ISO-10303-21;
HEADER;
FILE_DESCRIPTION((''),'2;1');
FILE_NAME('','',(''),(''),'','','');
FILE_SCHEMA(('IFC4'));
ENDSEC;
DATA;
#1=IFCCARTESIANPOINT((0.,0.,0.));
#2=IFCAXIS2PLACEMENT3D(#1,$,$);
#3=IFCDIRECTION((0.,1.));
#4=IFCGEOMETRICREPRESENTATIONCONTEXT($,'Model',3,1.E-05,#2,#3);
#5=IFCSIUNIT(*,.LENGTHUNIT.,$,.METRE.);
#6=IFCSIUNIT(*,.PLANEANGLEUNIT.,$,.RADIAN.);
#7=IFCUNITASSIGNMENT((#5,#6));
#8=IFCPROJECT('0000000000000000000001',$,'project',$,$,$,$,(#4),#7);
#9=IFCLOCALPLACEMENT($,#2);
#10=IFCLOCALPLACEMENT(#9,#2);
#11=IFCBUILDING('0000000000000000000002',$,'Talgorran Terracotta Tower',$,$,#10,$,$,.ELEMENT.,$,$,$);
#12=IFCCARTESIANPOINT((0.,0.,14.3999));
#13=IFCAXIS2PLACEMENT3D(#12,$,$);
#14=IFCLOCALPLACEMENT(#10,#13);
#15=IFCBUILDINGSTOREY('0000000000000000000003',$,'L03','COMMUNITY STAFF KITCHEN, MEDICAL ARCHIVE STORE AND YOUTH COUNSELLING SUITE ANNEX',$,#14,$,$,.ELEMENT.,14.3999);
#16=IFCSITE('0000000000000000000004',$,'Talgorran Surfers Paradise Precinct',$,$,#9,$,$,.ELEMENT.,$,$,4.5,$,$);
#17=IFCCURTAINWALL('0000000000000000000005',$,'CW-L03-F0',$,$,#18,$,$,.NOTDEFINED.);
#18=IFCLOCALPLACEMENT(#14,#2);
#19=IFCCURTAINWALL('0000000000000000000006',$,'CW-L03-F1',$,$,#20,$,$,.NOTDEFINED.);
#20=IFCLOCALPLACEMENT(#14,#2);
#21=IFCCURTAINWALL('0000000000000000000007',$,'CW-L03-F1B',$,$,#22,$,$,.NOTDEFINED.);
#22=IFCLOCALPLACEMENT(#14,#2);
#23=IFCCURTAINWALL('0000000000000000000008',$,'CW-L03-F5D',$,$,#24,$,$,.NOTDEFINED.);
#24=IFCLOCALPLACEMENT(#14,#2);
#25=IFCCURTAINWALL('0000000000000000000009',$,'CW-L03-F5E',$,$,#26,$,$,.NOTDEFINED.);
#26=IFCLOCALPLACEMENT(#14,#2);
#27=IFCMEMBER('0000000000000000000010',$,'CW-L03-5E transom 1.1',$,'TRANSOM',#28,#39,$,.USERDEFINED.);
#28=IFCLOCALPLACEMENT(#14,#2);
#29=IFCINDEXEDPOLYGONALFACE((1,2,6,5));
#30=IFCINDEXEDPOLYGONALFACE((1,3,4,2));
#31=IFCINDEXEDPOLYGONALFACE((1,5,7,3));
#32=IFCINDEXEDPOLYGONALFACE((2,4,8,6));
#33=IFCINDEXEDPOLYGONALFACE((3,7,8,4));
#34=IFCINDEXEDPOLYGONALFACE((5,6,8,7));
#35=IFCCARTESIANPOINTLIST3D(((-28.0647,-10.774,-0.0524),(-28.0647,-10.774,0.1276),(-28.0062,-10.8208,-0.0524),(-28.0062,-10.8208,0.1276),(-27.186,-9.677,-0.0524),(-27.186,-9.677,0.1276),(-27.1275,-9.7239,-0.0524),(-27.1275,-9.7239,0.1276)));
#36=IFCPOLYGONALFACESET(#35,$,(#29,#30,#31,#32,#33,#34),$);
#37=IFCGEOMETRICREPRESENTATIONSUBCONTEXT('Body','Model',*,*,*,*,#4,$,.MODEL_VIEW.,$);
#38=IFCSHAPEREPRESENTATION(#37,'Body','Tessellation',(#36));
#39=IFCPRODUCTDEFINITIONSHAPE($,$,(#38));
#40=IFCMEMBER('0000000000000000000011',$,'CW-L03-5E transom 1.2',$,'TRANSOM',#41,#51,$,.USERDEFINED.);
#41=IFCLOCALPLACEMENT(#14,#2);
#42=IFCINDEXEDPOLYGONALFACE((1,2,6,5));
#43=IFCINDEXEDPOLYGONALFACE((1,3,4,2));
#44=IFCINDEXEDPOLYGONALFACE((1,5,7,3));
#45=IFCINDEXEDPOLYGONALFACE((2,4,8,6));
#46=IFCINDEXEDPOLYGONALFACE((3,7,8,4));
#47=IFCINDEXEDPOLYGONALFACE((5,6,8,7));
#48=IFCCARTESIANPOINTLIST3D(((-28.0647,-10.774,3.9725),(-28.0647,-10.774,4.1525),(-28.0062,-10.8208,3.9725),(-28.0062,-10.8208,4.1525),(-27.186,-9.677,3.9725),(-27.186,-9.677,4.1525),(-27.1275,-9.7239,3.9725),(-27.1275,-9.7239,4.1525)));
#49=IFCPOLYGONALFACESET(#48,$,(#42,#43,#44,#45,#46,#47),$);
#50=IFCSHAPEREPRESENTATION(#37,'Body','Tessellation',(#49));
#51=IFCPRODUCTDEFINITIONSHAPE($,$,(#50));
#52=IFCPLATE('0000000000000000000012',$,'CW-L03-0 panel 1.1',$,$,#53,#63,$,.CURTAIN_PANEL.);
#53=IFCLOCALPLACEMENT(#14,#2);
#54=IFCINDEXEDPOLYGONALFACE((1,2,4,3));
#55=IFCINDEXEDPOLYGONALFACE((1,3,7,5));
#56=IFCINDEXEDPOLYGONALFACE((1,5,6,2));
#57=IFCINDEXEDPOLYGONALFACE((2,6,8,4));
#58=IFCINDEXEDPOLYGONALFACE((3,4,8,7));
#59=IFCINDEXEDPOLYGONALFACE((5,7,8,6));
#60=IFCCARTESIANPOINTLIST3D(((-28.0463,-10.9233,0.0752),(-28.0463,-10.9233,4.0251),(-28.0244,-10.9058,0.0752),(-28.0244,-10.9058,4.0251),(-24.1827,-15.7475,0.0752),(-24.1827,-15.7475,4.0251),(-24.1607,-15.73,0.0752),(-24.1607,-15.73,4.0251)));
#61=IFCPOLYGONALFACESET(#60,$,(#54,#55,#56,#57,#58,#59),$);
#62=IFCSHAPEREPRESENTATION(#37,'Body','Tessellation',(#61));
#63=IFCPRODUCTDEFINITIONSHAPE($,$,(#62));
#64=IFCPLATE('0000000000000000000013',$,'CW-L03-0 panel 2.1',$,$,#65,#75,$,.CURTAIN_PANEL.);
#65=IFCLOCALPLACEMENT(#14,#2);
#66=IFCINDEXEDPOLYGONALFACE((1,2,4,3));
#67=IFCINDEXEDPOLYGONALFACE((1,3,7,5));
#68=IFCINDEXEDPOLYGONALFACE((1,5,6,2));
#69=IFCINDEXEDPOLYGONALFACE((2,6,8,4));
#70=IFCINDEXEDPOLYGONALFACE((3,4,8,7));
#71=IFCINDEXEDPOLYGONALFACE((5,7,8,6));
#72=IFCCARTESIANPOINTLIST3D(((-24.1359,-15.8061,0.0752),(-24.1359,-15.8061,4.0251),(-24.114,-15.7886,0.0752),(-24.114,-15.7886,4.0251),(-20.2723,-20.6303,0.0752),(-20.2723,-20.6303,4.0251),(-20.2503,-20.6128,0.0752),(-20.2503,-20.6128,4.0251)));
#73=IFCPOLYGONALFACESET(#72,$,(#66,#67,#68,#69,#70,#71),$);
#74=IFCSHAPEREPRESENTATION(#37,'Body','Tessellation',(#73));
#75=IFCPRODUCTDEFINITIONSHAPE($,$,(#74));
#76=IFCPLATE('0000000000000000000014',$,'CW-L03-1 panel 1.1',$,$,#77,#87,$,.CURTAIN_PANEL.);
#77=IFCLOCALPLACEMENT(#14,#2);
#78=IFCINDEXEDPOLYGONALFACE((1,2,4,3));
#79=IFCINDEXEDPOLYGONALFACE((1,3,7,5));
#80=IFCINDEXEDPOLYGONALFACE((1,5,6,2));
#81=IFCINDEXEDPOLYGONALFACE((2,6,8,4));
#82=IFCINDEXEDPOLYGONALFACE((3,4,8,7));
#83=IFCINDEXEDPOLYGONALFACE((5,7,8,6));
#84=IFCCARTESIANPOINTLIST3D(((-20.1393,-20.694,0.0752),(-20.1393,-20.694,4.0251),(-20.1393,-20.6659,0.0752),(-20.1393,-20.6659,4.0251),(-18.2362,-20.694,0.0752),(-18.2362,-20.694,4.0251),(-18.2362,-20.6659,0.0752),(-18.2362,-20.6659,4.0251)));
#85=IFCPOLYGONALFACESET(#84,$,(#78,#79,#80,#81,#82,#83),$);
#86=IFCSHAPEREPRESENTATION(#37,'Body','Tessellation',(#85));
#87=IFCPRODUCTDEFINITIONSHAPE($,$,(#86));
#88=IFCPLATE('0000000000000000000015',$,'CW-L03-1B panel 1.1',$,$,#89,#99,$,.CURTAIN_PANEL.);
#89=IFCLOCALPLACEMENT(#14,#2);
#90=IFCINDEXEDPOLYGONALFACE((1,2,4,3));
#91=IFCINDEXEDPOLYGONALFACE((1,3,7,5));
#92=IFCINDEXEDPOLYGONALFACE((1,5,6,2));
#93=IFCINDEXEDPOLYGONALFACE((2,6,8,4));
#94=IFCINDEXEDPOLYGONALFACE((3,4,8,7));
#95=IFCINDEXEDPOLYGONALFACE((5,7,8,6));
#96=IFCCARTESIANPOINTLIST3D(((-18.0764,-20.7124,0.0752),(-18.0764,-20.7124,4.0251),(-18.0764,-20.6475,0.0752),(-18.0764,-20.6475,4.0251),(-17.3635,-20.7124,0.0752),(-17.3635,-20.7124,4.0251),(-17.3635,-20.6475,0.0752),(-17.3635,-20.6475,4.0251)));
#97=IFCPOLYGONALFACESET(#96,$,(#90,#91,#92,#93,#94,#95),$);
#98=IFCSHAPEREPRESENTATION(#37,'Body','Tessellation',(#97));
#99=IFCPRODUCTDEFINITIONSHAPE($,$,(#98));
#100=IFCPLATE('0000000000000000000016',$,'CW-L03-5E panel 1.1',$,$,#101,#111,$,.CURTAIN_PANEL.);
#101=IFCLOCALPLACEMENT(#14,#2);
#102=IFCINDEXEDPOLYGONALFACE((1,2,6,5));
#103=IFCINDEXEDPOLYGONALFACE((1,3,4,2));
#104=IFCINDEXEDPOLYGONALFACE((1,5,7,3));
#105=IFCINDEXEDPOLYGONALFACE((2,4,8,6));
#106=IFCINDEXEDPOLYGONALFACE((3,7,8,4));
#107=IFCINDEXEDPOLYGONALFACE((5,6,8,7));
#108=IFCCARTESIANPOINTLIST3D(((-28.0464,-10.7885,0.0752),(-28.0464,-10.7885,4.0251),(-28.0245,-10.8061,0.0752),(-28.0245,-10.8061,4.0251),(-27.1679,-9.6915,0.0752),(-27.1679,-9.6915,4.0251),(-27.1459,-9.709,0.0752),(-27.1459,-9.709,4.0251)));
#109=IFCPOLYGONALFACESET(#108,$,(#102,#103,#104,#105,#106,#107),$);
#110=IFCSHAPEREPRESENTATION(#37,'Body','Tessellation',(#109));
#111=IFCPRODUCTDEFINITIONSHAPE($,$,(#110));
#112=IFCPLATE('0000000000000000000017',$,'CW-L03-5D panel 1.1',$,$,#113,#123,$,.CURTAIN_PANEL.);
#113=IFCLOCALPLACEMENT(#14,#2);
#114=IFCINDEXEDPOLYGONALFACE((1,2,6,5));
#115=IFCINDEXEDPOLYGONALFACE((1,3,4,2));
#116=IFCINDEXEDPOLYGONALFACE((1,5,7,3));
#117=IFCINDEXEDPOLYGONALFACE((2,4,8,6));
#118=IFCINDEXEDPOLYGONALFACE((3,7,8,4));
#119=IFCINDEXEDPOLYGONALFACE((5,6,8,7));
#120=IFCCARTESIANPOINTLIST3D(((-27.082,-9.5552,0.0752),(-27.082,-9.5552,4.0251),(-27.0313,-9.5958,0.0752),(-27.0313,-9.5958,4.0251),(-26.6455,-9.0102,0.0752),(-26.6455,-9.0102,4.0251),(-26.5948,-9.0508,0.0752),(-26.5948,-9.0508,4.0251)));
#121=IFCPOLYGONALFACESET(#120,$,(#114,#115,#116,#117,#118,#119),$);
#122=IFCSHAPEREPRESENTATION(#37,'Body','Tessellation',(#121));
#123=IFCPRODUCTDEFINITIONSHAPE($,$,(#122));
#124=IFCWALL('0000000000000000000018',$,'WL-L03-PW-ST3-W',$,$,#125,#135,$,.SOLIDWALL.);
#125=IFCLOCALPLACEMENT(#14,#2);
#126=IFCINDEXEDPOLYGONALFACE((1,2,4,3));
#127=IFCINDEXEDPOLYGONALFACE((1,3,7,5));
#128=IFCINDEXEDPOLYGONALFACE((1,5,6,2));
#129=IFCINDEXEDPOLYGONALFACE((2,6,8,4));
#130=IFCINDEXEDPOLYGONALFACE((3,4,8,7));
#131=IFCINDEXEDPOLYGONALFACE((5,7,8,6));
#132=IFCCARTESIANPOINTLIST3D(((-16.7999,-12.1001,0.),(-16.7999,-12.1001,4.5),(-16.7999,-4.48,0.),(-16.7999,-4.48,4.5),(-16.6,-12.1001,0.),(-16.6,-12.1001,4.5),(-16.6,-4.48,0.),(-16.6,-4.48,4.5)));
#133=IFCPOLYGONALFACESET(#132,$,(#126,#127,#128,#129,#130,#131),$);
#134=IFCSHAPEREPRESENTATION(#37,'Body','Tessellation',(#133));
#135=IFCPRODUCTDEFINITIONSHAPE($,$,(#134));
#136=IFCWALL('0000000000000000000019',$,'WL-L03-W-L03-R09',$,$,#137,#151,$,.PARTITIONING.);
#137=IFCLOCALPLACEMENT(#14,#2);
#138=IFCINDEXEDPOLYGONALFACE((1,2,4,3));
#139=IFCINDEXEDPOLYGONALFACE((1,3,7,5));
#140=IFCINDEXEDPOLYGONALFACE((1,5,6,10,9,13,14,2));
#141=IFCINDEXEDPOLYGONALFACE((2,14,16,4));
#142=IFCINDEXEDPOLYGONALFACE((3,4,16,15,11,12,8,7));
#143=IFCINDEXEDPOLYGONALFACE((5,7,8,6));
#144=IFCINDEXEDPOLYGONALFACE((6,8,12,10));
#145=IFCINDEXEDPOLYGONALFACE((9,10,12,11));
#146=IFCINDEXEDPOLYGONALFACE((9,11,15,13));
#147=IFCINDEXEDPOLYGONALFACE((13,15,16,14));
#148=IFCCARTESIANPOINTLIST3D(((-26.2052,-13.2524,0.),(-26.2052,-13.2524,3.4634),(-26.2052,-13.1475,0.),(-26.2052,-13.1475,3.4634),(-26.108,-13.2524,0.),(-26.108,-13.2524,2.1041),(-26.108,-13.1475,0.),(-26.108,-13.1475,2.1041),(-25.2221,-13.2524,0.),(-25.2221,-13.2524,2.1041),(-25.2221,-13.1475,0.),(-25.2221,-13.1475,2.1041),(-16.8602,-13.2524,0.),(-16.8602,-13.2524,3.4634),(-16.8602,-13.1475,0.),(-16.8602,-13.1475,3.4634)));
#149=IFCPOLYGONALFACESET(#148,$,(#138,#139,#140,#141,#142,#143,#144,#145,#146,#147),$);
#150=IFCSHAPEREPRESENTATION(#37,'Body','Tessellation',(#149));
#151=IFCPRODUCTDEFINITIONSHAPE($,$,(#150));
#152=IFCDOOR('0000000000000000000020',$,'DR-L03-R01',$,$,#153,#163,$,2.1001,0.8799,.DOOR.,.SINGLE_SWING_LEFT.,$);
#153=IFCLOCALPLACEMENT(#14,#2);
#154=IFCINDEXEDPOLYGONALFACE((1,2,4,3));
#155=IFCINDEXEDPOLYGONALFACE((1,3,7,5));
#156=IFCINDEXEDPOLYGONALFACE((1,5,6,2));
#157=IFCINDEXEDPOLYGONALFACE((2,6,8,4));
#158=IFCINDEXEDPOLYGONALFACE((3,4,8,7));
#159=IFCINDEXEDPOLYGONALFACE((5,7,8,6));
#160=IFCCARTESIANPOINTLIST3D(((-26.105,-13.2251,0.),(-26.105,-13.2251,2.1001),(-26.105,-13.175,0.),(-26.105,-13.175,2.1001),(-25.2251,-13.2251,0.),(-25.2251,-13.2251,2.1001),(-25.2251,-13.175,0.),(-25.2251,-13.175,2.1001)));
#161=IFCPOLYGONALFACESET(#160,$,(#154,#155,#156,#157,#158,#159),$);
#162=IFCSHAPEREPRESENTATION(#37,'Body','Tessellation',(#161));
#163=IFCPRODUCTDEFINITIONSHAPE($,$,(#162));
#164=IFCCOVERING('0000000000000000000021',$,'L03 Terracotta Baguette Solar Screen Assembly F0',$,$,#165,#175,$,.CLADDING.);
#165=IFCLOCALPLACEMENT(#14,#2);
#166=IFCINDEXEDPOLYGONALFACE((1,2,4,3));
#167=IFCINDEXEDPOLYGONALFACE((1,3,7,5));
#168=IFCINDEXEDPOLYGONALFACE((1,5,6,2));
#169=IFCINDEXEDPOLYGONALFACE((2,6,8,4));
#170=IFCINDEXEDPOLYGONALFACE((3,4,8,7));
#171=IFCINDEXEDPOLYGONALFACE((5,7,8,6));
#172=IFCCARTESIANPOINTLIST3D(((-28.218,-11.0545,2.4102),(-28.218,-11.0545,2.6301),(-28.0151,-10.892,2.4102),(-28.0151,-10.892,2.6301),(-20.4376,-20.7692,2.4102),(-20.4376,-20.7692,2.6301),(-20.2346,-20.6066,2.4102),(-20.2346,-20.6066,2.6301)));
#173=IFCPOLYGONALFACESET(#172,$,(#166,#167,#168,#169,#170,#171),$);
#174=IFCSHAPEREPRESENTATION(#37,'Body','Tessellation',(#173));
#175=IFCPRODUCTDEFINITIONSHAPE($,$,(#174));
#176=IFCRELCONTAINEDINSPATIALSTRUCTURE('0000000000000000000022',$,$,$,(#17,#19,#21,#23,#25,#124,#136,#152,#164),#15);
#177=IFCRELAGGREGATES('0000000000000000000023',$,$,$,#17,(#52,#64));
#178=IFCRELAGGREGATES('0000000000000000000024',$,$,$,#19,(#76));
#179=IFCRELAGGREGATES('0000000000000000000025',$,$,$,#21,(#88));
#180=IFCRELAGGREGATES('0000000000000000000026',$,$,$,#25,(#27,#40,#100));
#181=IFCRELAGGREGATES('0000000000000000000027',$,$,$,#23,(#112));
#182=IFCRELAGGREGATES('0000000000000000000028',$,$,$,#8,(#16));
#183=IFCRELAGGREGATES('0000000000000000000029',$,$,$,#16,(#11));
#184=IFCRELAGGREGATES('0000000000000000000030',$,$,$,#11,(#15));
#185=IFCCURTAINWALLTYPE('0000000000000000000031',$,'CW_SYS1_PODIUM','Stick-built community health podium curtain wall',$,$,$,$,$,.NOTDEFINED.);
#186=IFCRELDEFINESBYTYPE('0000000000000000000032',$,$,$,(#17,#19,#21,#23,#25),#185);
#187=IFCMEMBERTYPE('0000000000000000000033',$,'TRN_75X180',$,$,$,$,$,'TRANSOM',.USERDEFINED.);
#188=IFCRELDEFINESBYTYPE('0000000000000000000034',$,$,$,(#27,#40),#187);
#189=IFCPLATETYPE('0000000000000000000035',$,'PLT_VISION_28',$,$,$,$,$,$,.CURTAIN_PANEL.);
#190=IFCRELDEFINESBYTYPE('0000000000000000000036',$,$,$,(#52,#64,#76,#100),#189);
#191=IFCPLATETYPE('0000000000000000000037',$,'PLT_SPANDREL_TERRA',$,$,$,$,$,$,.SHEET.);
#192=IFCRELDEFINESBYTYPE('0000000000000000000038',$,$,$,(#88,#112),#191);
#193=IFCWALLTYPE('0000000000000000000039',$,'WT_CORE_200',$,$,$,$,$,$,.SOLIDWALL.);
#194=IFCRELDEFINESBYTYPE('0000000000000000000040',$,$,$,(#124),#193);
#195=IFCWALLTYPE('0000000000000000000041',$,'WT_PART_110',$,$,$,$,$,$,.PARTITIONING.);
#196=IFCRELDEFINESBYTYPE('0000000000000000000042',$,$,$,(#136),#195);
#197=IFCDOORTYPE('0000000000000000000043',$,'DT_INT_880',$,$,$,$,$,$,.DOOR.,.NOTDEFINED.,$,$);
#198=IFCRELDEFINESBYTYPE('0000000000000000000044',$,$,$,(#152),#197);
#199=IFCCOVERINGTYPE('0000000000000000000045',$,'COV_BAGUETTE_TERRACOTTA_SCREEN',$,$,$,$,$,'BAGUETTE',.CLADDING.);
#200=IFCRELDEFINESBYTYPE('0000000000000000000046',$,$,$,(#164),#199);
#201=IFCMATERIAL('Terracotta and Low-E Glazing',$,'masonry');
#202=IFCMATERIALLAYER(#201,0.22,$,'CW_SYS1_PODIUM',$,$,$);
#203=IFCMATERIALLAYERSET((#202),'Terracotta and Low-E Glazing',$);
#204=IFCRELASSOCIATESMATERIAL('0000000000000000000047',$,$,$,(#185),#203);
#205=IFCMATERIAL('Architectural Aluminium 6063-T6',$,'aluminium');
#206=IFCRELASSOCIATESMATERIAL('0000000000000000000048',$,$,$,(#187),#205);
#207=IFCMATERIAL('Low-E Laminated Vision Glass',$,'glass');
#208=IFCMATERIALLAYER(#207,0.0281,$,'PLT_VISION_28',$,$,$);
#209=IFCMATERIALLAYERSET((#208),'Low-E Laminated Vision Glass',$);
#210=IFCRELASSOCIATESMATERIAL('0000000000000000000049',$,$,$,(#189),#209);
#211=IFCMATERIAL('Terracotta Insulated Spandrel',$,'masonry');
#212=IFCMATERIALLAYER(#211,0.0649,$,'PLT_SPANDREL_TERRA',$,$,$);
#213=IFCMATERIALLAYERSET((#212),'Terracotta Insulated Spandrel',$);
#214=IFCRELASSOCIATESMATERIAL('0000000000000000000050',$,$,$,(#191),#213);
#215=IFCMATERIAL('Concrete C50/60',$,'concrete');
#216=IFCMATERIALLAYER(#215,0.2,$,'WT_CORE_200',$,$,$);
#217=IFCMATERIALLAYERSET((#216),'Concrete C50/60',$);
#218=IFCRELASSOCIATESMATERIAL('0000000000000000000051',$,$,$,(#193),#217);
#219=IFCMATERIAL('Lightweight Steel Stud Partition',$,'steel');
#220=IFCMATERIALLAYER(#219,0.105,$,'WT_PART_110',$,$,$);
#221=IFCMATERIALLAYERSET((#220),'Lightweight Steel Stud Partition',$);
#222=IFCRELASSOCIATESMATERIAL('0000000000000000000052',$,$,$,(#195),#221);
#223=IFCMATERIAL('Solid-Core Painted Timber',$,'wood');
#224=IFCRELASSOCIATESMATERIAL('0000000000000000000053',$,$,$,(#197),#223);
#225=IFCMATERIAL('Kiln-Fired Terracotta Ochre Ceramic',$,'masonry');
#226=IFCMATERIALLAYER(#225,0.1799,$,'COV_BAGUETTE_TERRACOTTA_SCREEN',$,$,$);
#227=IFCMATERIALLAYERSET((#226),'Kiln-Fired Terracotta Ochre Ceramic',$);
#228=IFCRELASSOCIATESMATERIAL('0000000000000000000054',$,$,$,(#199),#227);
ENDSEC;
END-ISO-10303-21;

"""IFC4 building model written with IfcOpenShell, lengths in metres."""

from ifc_helpers import new_model, si_unit, direction, frame, frame_2d, origin, origin_2d, place, context, subcontext, project, spatial, rectangle, extrude, source, transform, mapped, material, layer, layer_set, material_profile, profile_set, type_object, type_shapes, element, fill, aggregate, save


model = new_model("IFC4")

# Units and contexts
model_context = context("Model", 3, precision=1e-05, world=origin(), true_north=direction((0.0, 1.0)))
body_context = subcontext(model_context, "Body", "Model", "MODEL_VIEW")
ifc_project = project(units=[si_unit("LENGTHUNIT", "METRE"), si_unit("PLANEANGLEUNIT", "RADIAN")], contexts=[model_context])

# Site, building, storey
site_placement = place(None, origin())
site = spatial("IfcSite", under=ifc_project, at=site_placement, Name="Talgorran Surfers Paradise Precinct", CompositionType="ELEMENT", RefElevation=4.5)
building_placement = place(site_placement, origin())
building = spatial("IfcBuilding", under=site, at=building_placement, Name="Talgorran Terracotta Tower", CompositionType="ELEMENT")
storey_placement = place(building_placement, frame((0.0, 0.0, 14.3999)))
storey = spatial("IfcBuildingStorey", under=building, at=storey_placement, Name="L03", Description="COMMUNITY STAFF KITCHEN, MEDICAL ARCHIVE STORE AND YOUTH COUNSELLING SUITE ANNEX", CompositionType="ELEMENT", Elevation=14.3999)

# Curtain walls
ifc_material_1 = material(Name="Terracotta and Low-E Glazing", Category="masonry")
ifc_layer_1 = layer(ifc_material_1, 0.22, Name="CW_SYS1_PODIUM")
ifc_layer_set_1 = layer_set([ifc_layer_1], Name="Terracotta and Low-E Glazing")
curtain_wall_type = type_object("IfcCurtainWallType", Name="CW_SYS1_PODIUM", Description="Stick-built community health podium curtain wall", PredefinedType="NOTDEFINED", material=ifc_layer_set_1)
curtain_wall_1_placement = place(storey_placement, origin())
curtain_wall_1 = element("IfcCurtainWall", 1, at=curtain_wall_1_placement, inside=storey, type_object=curtain_wall_type, Name="CW-L03-F0", PredefinedType="NOTDEFINED")
ifc_material_2 = material(Name="Architectural Aluminium 6063-T6", Category="aluminium")
curtain_wall_2_placement = place(storey_placement, origin())
curtain_wall_2 = element("IfcCurtainWall", 2, at=curtain_wall_2_placement, inside=storey, type_object=curtain_wall_type, Name="CW-L03-F1", PredefinedType="NOTDEFINED")
curtain_wall_3_placement = place(storey_placement, origin())
curtain_wall_3 = element("IfcCurtainWall", 3, at=curtain_wall_3_placement, inside=storey, type_object=curtain_wall_type, Name="CW-L03-F1B", PredefinedType="NOTDEFINED")

# Curtain wall
curtain_wall_4_placement = place(storey_placement, origin())
curtain_wall_4 = element("IfcCurtainWall", 4, at=curtain_wall_4_placement, inside=storey, type_object=curtain_wall_type, Name="CW-L03-F5D", PredefinedType="NOTDEFINED")

# Curtain wall
curtain_wall_5_placement = place(storey_placement, origin())
curtain_wall_5 = element("IfcCurtainWall", 5, at=curtain_wall_5_placement, inside=storey, type_object=curtain_wall_type, Name="CW-L03-F5E", PredefinedType="NOTDEFINED")

# Members
ifc_material_profile_1 = material_profile(ifc_material_2, rectangle(XDim=0.075, YDim=0.1799, at=origin_2d()), Name="CWT75X180")
ifc_profile_set_1 = profile_set([ifc_material_profile_1], Name="Architectural Aluminium 6063-T6")
member_type_1 = type_object("IfcMemberType", Name="TRN_75X180", ElementType="TRANSOM", PredefinedType="USERDEFINED", material=ifc_profile_set_1)
member_1_placement = place(storey_placement, frame((-27.1567, -9.7004, 0.0376), z_axis=(-0.625182, -0.780479, 0.0), x_axis=(0.780479, -0.625182, 0.0)))
member_1 = element("IfcMember", 6, at=member_1_placement, type_object=member_type_1, Name="CW-L03-5E transom 1.1", ObjectType="TRANSOM", PredefinedType="USERDEFINED", context=body_context, shape_type="SweptSolid", body=[
    extrude(rectangle(XDim=0.075, YDim=0.1799, at=origin_2d()), origin(), (0.0, 0.0, 1.0), 1.4055),
])
member_2_placement = place(storey_placement, frame((-27.1567, -9.7004, 4.0625), z_axis=(-0.625182, -0.780479, 0.0), x_axis=(0.780479, -0.625182, 0.0)))
member_2 = element("IfcMember", 7, at=member_2_placement, type_object=member_type_1, Name="CW-L03-5E transom 1.2", ObjectType="TRANSOM", PredefinedType="USERDEFINED", context=body_context, shape_type="SweptSolid", body=[
    extrude(rectangle(XDim=0.075, YDim=0.1799, at=origin_2d()), origin(), (0.0, 0.0, 1.0), 1.4055),
])

# Plates
ifc_material_3 = material(Name="Low-E Laminated Vision Glass", Category="glass")
ifc_layer_2 = layer(ifc_material_3, 0.0281, Name="PLT_VISION_28")
ifc_layer_set_2 = layer_set([ifc_layer_2], Name="Low-E Laminated Vision Glass")
plate_type_1 = type_object("IfcPlateType", Name="PLT_VISION_28", PredefinedType="CURTAIN_PANEL", material=ifc_layer_set_2)
shared_shape_1 = source(origin(), body_context, "Body", "SweptSolid", [
    extrude(rectangle(XDim=6.1807, YDim=0.0281, at=origin_2d()), origin(), (0.0, 0.0, 1.0), 3.95),
])
plate_1_placement = place(storey_placement, frame((-26.1035, -13.3267, 0.0752), z_axis=(0.0, 0.0, 1.0), x_axis=(0.625116, -0.780532, 0.0)))
plate_1 = element("IfcPlate", 8, at=plate_1_placement, type_object=plate_type_1, Name="CW-L03-0 panel 1.1", PredefinedType="CURTAIN_PANEL", context=body_context, shape_type="MappedRepresentation", body=[
    mapped(shared_shape_1, transform((0.0, 0.0, 0.0), scale=1.0)),
])
plate_2_placement = place(storey_placement, frame((-22.1931, -18.2095, 0.0752), z_axis=(0.0, 0.0, 1.0), x_axis=(0.625116, -0.780532, 0.0)))
plate_2 = element("IfcPlate", 9, at=plate_2_placement, type_object=plate_type_1, Name="CW-L03-0 panel 2.1", PredefinedType="CURTAIN_PANEL", context=body_context, shape_type="MappedRepresentation", body=[
    mapped(shared_shape_1, transform((0.0, 0.0, 0.0), scale=1.0)),
])
aggregate(curtain_wall_1, [plate_1, plate_2])
shared_shape_2 = source(origin(), body_context, "Body", "SweptSolid", [
    extrude(rectangle(XDim=1.9031, YDim=0.0281, at=origin_2d()), origin(), (0.0, 0.0, 1.0), 3.95),
])
plate_3_placement = place(storey_placement, frame((-19.1877, -20.6799, 0.0752), z_axis=(0.0, 0.0, 1.0), x_axis=(1.0, 0.0, 0.0)))
plate_3 = element("IfcPlate", 10, at=plate_3_placement, type_object=plate_type_1, Name="CW-L03-1 panel 1.1", PredefinedType="CURTAIN_PANEL", context=body_context, shape_type="MappedRepresentation", body=[
    mapped(shared_shape_2, transform((0.0, 0.0, 0.0), scale=1.0)),
])
aggregate(curtain_wall_2, [plate_3])
ifc_material_4 = material(Name="Terracotta Insulated Spandrel", Category="masonry")
ifc_layer_3 = layer(ifc_material_4, 0.0649, Name="PLT_SPANDREL_TERRA")
ifc_layer_set_3 = layer_set([ifc_layer_3], Name="Terracotta Insulated Spandrel")
plate_type_2 = type_object("IfcPlateType", Name="PLT_SPANDREL_TERRA", PredefinedType="SHEET", material=ifc_layer_set_3)
shared_shape_3 = source(origin(), body_context, "Body", "SweptSolid", [
    extrude(rectangle(XDim=0.7129, YDim=0.0649, at=origin_2d()), origin(), (0.0, 0.0, 1.0), 3.95),
])
plate_4_placement = place(storey_placement, frame((-17.72, -20.6799, 0.0752), z_axis=(0.0, 0.0, 1.0), x_axis=(1.0, 0.0, 0.0)))
plate_4 = element("IfcPlate", 11, at=plate_4_placement, type_object=plate_type_2, Name="CW-L03-1B panel 1.1", PredefinedType="CURTAIN_PANEL", context=body_context, shape_type="MappedRepresentation", body=[
    mapped(shared_shape_3, transform((0.0, 0.0, 0.0), scale=1.0)),
])
aggregate(curtain_wall_3, [plate_4])
shared_shape_4 = source(origin(), body_context, "Body", "SweptSolid", [
    extrude(rectangle(XDim=1.4055, YDim=0.0281, at=origin_2d()), origin(), (0.0, 0.0, 1.0), 3.95),
])
type_shapes(plate_type_1, [shared_shape_1, shared_shape_2, shared_shape_4])
plate_5_placement = place(storey_placement, frame((-27.5962, -10.2488, 0.0752), z_axis=(0.0, 0.0, 1.0), x_axis=(-0.625103, -0.780543, 0.0)))
plate_5 = element("IfcPlate", 12, at=plate_5_placement, type_object=plate_type_1, Name="CW-L03-5E panel 1.1", PredefinedType="CURTAIN_PANEL", context=body_context, shape_type="MappedRepresentation", body=[
    mapped(shared_shape_4, transform((0.0, 0.0, 0.0), scale=1.0)),
])
aggregate(curtain_wall_5, [member_1, member_2, plate_5])
shared_shape_5 = source(origin(), body_context, "Body", "SweptSolid", [
    extrude(rectangle(XDim=0.6982, YDim=0.0649, at=origin_2d()), origin(), (0.0, 0.0, 1.0), 3.95),
])
type_shapes(plate_type_2, [shared_shape_3, shared_shape_5])
plate_6_placement = place(storey_placement, frame((-26.8384, -9.303, 0.0752), z_axis=(0.0, 0.0, 1.0), x_axis=(-0.625126, -0.780524, 0.0)))
plate_6 = element("IfcPlate", 13, at=plate_6_placement, type_object=plate_type_2, Name="CW-L03-5D panel 1.1", PredefinedType="CURTAIN_PANEL", context=body_context, shape_type="MappedRepresentation", body=[
    mapped(shared_shape_5, transform((0.0, 0.0, 0.0), scale=1.0)),
])
aggregate(curtain_wall_4, [plate_6])

# Wall
ifc_material_5 = material(Name="Concrete C50/60", Category="concrete")
ifc_layer_4 = layer(ifc_material_5, 0.2, Name="WT_CORE_200")
ifc_layer_set_4 = layer_set([ifc_layer_4], Name="Concrete C50/60")
wall_type_1 = type_object("IfcWallType", Name="WT_CORE_200", PredefinedType="SOLIDWALL", material=ifc_layer_set_4)
wall_1_placement = place(storey_placement, frame((-16.7, -12.1001, 0.0), z_axis=(0.0, 0.0, 1.0), x_axis=(0.0, 1.0, 0.0)))
element("IfcWall", 14, at=wall_1_placement, inside=storey, type_object=wall_type_1, Name="WL-L03-PW-ST3-W", PredefinedType="SOLIDWALL", context=body_context, shape_type="SweptSolid", body=[
    extrude(rectangle(XDim=7.6201, YDim=0.2, at=frame_2d((3.8101, 0.0))), origin(), (0.0, 0.0, 1.0), 4.5),
])

# Wall, opening, door
ifc_material_6 = material(Name="Lightweight Steel Stud Partition", Category="steel")
ifc_layer_5 = layer(ifc_material_6, 0.105, Name="WT_PART_110")
ifc_layer_set_5 = layer_set([ifc_layer_5], Name="Lightweight Steel Stud Partition")
wall_type_2 = type_object("IfcWallType", Name="WT_PART_110", PredefinedType="PARTITIONING", material=ifc_layer_set_5)
wall_2_placement = place(storey_placement, frame((-26.2051, -13.2, 0.0), z_axis=(0.0, 0.0, 1.0), x_axis=(1.0, 0.0, 0.0)))
wall_2 = element("IfcWall", 15, at=wall_2_placement, inside=storey, type_object=wall_type_2, Name="WL-L03-W-L03-R09", PredefinedType="PARTITIONING", context=body_context, shape_type="SweptSolid", body=[
    extrude(rectangle(XDim=9.345, YDim=0.105, at=frame_2d((4.6724, 0.0))), origin(), (0.0, 0.0, 1.0), 3.4634),
])
opening_placement = place(wall_2_placement, frame((0.1001, 0.0, 0.0)))
opening = element("IfcOpeningElement", 16, at=opening_placement, cuts=wall_2, PredefinedType="OPENING", context=body_context, shape_type="SweptSolid", body=[
    extrude(rectangle(XDim=0.8859, YDim=2.1041, at=frame_2d((0.4399, 1.052))), frame((0.0, 0.0625, 0.0), z_axis=(0.0, -1.0, 0.0), x_axis=(1.0, 0.0, 0.0)), (0.0, 0.0, 1.0), 0.125),
])
ifc_material_7 = material(Name="Solid-Core Painted Timber", Category="wood")
door_type = type_object("IfcDoorType", Name="DT_INT_880", OperationType="NOTDEFINED", PredefinedType="DOOR", material=ifc_material_7)
door_placement = place(opening_placement, origin())
door = element("IfcDoor", 17, at=door_placement, inside=storey, type_object=door_type, Name="DR-L03-R01", OperationType="SINGLE_SWING_LEFT", OverallHeight=2.1001, OverallWidth=0.8799, PredefinedType="DOOR", context=body_context, shape_type="SweptSolid", body=[
    extrude(rectangle(XDim=0.8799, YDim=2.1001, at=frame_2d((0.4399, 1.05))), frame((0.0, 0.0249, 0.0), z_axis=(0.0, -1.0, 0.0), x_axis=(1.0, 0.0, 0.0)), (0.0, 0.0, 1.0), 0.05),
])
fill(opening, door)

# Covering
ifc_material_8 = material(Name="Kiln-Fired Terracotta Ochre Ceramic", Category="masonry")
ifc_layer_6 = layer(ifc_material_8, 0.1799, Name="COV_BAGUETTE_TERRACOTTA_SCREEN")
ifc_layer_set_6 = layer_set([ifc_layer_6], Name="Kiln-Fired Terracotta Ochre Ceramic")
covering_type_1 = type_object("IfcCoveringType", Name="COV_BAGUETTE_TERRACOTTA_SCREEN", ElementType="BAGUETTE", PredefinedType="CLADDING", material=ifc_layer_set_6)
covering_1_placement = place(storey_placement, frame((-24.2263, -15.8306, 2.4102), z_axis=(0.0, 0.0, 1.0), x_axis=(0.62512, -0.780529, 0.0)))
element("IfcCovering", 18, at=covering_1_placement, inside=storey, type_object=covering_type_1, Name="L03 Terracotta Baguette Solar Screen Assembly F0", PredefinedType="CLADDING", context=body_context, shape_type="SweptSolid", body=[
    extrude(rectangle(XDim=12.4463, YDim=0.26, at=origin_2d()), origin(), (0.0, 0.0, 1.0), 0.22),
])

save(model, "model.ifc")
